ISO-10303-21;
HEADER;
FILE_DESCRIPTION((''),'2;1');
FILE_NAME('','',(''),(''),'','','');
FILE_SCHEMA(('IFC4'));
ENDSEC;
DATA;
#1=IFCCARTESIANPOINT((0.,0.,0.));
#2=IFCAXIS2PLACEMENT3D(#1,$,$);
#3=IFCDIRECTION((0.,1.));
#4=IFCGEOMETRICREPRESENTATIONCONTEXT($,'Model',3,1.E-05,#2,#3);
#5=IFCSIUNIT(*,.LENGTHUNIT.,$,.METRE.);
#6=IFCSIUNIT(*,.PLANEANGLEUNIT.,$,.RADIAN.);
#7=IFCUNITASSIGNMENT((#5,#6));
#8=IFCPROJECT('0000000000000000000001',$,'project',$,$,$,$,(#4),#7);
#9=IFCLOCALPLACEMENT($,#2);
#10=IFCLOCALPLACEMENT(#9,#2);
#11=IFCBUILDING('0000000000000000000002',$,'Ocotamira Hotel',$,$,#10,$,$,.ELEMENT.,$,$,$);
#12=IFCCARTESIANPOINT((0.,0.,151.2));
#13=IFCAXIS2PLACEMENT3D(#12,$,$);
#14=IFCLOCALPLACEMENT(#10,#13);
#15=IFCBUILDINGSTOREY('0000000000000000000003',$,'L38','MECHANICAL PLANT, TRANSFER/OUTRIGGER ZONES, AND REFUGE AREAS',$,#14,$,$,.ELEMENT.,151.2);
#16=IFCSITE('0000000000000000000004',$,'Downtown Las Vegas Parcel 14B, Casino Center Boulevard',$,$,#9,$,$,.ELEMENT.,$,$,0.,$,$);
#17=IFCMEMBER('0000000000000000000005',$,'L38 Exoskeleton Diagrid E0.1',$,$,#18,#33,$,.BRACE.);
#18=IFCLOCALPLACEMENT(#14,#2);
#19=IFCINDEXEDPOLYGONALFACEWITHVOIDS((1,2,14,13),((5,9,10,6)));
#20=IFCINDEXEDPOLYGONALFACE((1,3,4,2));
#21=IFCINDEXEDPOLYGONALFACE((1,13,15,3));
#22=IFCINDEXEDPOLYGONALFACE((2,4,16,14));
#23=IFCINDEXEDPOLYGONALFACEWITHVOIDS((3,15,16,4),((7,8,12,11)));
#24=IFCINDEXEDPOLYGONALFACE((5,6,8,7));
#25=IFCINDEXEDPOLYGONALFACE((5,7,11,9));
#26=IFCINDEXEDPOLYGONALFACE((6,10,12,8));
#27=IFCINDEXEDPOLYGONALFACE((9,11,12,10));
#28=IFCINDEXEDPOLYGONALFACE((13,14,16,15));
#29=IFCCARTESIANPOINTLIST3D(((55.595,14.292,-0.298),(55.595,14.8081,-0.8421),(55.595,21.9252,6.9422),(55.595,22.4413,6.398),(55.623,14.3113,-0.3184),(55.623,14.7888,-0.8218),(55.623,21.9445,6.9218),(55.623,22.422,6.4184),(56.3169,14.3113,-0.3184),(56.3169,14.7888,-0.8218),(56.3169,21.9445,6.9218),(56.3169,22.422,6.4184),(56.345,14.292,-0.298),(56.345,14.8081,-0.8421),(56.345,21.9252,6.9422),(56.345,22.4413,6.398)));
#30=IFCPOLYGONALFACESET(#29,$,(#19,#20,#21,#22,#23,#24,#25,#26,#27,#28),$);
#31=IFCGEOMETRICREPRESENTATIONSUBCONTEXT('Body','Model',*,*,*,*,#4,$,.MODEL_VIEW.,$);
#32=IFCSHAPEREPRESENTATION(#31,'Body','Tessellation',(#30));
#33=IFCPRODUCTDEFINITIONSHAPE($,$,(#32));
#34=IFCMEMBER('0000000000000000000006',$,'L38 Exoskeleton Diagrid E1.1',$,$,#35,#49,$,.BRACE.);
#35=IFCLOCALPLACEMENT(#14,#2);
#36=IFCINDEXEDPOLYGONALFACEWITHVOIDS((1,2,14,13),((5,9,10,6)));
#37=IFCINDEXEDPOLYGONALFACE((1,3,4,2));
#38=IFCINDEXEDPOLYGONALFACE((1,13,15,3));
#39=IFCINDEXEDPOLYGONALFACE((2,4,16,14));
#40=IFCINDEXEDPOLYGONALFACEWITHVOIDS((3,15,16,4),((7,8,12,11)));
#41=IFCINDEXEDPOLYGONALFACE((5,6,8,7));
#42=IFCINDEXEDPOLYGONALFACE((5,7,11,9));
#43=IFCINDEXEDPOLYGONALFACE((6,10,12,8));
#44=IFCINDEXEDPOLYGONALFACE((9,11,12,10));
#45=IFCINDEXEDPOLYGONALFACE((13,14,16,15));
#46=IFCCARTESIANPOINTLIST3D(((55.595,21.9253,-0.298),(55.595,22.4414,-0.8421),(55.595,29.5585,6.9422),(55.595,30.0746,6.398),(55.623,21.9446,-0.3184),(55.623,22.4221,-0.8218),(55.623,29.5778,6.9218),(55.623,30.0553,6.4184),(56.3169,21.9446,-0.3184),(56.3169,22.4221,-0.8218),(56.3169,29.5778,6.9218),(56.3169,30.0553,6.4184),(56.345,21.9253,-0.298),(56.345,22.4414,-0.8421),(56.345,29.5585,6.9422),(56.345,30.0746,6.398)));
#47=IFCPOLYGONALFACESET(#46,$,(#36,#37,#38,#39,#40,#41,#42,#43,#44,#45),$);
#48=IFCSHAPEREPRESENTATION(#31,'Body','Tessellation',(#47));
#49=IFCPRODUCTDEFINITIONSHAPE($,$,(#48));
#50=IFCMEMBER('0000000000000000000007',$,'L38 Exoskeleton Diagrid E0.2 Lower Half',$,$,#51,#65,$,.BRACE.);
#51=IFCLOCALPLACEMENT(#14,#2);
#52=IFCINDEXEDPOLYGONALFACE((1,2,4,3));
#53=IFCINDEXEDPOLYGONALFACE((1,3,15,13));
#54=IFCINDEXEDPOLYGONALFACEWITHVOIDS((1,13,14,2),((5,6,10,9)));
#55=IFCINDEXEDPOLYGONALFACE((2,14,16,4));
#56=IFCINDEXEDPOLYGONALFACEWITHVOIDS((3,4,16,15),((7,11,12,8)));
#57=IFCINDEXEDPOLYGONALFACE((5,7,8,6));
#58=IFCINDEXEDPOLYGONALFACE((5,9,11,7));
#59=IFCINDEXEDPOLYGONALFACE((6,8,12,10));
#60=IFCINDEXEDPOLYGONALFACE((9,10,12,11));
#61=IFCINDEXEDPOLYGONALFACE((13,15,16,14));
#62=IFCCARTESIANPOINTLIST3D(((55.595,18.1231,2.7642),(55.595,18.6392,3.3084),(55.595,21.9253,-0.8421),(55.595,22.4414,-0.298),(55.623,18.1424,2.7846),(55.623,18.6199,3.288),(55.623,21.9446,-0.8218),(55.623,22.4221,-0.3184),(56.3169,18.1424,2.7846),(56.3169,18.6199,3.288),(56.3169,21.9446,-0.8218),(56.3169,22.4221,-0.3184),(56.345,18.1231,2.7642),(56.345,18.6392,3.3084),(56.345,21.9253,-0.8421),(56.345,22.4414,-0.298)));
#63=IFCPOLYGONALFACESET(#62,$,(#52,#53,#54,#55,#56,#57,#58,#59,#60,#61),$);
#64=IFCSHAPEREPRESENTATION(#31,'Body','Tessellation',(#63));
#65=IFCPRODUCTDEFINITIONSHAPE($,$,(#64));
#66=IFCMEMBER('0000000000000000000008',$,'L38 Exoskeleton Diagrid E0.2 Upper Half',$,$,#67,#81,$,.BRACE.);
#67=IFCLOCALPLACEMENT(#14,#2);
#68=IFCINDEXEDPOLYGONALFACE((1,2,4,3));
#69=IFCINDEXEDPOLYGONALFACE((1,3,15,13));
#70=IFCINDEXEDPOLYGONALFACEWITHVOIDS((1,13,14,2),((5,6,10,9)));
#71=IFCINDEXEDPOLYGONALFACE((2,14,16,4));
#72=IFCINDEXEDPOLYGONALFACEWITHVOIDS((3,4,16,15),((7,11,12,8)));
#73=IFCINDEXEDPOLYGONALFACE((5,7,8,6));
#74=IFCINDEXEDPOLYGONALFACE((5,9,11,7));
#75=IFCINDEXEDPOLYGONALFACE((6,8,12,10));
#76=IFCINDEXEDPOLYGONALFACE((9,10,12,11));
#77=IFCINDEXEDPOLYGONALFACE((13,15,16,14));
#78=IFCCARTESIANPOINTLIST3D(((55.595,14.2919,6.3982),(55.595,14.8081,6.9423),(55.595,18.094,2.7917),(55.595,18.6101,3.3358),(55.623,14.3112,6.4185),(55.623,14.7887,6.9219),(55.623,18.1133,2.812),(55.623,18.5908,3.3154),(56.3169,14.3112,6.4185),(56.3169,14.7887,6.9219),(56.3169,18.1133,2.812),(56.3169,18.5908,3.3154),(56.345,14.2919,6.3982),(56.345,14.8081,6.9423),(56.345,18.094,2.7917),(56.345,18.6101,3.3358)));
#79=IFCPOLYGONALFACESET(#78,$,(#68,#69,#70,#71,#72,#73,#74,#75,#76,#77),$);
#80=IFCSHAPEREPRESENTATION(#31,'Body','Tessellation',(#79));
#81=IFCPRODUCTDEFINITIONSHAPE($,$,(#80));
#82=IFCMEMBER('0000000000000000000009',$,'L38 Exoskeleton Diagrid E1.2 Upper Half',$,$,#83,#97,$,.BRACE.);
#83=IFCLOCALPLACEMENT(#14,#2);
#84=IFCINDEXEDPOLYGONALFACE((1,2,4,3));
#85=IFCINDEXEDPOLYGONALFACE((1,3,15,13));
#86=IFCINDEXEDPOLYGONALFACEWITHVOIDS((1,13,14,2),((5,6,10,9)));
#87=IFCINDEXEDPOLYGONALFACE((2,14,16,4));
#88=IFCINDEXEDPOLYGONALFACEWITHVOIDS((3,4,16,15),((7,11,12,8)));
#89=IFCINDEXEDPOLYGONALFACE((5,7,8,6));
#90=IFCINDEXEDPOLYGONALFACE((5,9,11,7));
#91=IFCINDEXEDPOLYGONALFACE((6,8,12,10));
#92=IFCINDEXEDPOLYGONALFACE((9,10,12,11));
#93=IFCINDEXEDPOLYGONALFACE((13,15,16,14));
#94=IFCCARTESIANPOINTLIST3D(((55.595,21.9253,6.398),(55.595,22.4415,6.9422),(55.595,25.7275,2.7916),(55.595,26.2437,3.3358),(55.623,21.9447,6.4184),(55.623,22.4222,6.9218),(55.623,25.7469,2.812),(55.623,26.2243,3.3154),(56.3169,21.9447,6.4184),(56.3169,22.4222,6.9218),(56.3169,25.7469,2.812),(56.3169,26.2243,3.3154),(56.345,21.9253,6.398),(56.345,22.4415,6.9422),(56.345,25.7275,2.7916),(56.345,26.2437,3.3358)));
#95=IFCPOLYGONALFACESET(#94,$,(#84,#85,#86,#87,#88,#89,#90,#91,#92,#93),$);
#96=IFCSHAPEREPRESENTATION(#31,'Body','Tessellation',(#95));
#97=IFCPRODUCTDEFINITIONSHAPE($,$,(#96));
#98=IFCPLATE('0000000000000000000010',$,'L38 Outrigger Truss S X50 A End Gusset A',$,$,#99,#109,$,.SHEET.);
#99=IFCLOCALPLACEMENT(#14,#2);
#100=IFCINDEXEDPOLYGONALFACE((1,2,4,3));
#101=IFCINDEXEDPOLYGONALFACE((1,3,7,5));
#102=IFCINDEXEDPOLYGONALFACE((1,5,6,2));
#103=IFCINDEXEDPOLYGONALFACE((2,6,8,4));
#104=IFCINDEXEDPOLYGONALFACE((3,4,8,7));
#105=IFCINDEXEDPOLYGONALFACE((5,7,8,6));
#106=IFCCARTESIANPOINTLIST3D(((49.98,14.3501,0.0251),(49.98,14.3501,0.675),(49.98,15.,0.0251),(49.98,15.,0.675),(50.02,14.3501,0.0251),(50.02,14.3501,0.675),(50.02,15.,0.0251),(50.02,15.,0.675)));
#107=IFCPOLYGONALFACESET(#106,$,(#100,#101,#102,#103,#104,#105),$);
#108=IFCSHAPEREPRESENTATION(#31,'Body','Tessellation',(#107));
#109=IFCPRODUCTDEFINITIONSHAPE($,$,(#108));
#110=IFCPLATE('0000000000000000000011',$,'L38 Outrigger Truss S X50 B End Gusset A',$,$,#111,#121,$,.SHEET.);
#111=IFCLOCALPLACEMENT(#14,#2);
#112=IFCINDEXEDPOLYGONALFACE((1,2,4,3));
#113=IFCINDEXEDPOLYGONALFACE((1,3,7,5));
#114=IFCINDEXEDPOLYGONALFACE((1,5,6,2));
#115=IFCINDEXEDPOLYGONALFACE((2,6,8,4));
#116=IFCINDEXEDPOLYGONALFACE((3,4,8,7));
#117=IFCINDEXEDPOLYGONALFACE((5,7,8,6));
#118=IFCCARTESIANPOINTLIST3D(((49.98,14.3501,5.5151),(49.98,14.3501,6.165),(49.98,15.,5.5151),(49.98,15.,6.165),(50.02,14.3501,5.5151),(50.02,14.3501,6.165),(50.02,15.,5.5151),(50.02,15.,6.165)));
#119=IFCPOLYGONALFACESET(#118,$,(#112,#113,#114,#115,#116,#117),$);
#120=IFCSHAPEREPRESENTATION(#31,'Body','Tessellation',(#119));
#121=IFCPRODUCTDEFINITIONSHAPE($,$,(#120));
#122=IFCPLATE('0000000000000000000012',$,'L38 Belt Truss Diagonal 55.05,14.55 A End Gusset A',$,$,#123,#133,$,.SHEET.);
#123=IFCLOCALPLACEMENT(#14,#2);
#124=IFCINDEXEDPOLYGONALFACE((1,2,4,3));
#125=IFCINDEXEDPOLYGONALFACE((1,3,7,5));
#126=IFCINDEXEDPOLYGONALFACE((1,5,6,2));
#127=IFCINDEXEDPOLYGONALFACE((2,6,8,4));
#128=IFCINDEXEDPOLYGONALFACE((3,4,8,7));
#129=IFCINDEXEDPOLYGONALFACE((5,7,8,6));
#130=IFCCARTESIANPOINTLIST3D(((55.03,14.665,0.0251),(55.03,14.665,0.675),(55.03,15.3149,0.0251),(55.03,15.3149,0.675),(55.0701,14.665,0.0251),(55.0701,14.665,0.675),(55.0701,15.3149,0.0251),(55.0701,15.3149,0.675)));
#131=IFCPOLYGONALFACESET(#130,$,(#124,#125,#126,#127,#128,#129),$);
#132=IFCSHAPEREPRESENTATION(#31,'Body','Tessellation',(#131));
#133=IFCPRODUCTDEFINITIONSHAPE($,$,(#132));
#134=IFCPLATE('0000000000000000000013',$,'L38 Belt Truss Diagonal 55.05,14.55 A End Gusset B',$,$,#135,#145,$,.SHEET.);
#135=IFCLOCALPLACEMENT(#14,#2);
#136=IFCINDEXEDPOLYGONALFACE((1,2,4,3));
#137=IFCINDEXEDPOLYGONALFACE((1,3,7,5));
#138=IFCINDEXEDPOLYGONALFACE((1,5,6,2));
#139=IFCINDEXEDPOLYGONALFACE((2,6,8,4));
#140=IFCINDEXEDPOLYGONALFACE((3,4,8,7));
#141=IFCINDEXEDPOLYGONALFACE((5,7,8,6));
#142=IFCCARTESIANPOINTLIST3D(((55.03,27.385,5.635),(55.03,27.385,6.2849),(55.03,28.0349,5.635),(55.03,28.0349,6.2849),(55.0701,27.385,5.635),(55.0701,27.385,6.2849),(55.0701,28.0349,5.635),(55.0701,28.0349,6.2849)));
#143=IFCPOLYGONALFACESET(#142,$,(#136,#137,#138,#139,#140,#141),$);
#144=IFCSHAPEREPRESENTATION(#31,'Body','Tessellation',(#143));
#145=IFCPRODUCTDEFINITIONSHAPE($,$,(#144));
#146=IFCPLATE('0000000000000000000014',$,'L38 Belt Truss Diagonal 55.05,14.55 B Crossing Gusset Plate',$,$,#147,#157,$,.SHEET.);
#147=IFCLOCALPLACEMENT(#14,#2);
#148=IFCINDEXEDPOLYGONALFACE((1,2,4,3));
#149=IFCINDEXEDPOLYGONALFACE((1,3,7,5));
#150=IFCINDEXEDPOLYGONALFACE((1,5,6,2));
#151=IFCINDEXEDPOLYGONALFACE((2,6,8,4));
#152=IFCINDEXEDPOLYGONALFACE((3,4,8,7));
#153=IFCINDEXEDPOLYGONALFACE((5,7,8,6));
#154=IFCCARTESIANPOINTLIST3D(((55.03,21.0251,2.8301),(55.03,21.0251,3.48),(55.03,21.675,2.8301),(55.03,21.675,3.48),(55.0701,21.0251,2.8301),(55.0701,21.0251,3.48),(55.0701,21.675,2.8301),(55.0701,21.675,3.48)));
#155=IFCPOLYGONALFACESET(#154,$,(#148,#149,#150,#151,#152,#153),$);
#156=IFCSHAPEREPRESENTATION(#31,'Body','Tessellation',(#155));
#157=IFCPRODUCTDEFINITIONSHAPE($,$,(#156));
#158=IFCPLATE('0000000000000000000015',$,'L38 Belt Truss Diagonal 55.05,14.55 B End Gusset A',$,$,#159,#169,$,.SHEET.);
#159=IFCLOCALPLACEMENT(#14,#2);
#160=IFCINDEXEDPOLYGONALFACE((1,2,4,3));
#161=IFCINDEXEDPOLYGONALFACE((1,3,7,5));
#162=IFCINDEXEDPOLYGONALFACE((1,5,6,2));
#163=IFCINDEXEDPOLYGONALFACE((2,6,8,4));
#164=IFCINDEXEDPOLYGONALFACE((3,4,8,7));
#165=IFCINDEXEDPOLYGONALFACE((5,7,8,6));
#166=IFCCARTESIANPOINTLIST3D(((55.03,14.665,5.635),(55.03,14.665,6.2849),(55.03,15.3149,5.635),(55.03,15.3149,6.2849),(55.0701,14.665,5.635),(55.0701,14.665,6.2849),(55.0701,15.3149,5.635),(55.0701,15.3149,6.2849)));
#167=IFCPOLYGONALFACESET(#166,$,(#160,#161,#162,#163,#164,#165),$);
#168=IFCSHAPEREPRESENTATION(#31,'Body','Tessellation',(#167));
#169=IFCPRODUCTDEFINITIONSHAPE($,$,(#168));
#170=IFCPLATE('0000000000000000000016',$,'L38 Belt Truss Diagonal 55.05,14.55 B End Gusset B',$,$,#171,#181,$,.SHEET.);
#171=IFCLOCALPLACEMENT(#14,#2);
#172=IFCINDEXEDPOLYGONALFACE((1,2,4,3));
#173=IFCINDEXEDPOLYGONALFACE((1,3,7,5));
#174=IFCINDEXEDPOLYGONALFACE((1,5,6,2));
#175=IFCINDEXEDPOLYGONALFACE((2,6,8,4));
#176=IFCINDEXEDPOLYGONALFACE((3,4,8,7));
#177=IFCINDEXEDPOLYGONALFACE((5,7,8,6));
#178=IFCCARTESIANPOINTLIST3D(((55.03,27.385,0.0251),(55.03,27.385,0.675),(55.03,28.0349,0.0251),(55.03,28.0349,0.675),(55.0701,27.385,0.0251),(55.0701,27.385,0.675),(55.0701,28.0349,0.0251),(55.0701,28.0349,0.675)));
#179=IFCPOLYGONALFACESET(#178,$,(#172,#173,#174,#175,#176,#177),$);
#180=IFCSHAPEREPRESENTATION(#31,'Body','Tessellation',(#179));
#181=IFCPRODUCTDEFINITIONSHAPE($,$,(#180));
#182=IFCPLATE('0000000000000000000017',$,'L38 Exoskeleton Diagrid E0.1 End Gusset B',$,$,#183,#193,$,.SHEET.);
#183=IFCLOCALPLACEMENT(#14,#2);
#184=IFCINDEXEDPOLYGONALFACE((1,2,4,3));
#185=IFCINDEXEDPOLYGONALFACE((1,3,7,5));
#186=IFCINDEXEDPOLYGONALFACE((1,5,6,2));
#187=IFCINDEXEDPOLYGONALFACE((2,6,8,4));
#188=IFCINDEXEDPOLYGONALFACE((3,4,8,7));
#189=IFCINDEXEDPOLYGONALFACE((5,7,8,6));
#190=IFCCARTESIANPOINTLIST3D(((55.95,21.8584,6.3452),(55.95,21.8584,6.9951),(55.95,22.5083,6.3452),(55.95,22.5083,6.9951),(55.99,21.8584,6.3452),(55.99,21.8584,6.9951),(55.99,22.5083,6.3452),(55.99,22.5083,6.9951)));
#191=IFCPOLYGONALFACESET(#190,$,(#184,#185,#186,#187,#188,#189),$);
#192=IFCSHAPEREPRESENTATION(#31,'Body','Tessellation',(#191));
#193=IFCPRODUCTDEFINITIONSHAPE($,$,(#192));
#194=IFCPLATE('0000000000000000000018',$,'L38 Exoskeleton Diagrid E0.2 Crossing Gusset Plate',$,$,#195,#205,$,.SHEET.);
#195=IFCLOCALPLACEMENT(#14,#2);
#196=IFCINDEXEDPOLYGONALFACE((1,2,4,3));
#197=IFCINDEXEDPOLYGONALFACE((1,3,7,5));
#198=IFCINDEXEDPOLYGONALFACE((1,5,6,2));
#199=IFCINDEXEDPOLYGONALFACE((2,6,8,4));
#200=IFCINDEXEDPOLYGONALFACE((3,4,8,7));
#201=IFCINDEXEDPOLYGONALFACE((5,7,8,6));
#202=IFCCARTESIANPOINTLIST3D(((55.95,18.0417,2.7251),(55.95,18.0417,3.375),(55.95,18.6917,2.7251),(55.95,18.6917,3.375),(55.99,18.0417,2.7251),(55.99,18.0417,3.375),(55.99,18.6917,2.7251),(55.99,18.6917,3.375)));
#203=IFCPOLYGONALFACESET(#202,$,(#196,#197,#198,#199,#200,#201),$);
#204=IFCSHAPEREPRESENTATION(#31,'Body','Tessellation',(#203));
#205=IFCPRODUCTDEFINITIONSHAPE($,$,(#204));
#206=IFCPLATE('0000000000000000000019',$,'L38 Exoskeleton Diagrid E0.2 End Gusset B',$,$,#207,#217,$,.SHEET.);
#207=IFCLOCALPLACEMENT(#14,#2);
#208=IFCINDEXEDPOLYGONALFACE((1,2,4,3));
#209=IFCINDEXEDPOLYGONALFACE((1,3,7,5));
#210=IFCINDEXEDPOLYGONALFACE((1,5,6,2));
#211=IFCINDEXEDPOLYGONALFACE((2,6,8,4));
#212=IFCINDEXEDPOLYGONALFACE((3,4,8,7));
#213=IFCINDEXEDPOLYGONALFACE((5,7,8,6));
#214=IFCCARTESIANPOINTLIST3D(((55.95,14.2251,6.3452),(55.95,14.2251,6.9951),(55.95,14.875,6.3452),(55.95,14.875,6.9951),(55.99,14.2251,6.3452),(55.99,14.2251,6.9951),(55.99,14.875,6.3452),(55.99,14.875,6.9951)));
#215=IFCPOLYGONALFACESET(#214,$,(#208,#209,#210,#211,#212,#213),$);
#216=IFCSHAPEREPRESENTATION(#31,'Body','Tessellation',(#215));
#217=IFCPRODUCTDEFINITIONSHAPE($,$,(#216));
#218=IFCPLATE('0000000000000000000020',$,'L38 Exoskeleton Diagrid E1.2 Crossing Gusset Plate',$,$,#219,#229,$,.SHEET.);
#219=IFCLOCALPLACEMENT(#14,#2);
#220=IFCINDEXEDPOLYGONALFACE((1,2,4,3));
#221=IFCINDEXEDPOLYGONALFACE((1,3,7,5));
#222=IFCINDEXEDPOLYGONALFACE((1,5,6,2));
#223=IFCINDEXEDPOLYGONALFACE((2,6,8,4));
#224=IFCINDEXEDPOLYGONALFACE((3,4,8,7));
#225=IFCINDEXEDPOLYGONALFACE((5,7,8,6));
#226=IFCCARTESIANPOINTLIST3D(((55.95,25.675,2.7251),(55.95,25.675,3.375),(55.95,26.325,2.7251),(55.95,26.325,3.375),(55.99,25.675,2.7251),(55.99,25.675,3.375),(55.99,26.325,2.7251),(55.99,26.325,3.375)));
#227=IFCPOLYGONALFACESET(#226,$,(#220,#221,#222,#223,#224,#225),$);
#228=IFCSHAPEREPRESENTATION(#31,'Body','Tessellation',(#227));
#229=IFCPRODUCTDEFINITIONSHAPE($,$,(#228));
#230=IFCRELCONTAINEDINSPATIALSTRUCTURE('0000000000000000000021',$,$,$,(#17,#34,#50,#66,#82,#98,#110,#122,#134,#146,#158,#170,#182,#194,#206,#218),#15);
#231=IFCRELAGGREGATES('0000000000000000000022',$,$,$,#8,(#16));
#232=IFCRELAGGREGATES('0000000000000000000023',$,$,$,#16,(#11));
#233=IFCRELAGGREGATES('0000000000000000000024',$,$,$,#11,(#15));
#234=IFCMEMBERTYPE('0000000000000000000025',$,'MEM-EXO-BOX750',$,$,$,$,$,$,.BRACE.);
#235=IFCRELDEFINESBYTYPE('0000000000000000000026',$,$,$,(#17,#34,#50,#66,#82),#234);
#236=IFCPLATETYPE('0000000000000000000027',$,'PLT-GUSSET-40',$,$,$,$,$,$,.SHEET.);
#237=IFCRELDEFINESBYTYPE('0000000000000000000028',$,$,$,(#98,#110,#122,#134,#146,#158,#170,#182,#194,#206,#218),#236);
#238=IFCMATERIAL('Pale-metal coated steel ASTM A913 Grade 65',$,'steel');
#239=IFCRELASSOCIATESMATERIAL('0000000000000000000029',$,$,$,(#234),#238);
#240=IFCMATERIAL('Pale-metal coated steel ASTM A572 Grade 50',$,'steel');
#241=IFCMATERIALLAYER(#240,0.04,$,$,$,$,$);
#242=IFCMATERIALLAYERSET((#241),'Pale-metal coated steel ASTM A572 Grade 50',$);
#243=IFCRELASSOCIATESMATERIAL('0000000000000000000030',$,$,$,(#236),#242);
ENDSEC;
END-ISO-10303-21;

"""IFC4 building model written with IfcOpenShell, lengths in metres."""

from ifc_helpers import new_model, si_unit, direction, frame, origin, origin_2d, place, context, subcontext, project, spatial, rectangle, hollow_rectangle, extrude, source, transform, mapped, material, layer, layer_set, material_profile, profile_set, type_object, element, save


model = new_model("IFC4")

# Units and contexts
model_context = context("Model", 3, precision=1e-05, world=origin(), true_north=direction((0.0, 1.0)))
body_context = subcontext(model_context, "Body", "Model", "MODEL_VIEW")
ifc_project = project(units=[si_unit("LENGTHUNIT", "METRE"), si_unit("PLANEANGLEUNIT", "RADIAN")], contexts=[model_context])

# Site, building, storey
site_placement = place(None, origin())
site = spatial("IfcSite", under=ifc_project, at=site_placement, Name="Downtown Las Vegas Parcel 14B, Casino Center Boulevard", CompositionType="ELEMENT", RefElevation=0.0)
building_placement = place(site_placement, origin())
building = spatial("IfcBuilding", under=site, at=building_placement, Name="Ocotamira Hotel", CompositionType="ELEMENT")
storey_placement = place(building_placement, frame((0.0, 0.0, 151.2)))
storey = spatial("IfcBuildingStorey", under=building, at=storey_placement, Name="L38", Description="MECHANICAL PLANT, TRANSFER/OUTRIGGER ZONES, AND REFUGE AREAS", CompositionType="ELEMENT", Elevation=151.2)

# Members
ifc_material_1 = material(Name="Pale-metal coated steel ASTM A913 Grade 65", Category="steel")
ifc_material_profile_1 = material_profile(ifc_material_1, hollow_rectangle(XDim=0.75, YDim=0.75, WallThickness=0.0281, at=origin_2d()), Name="BOX750X750X28")
ifc_profile_set_1 = profile_set([ifc_material_profile_1], Name="Pale-metal coated steel ASTM A913 Grade 65")
member_type_1 = type_object("IfcMemberType", Name="MEM-EXO-BOX750", PredefinedType="BRACE", material=ifc_profile_set_1)
shared_shape_1 = source(origin(), body_context, "Body", "SweptSolid", [
    extrude(hollow_rectangle(XDim=0.75, YDim=0.75, WallThickness=0.0281, at=origin_2d()), origin(), (0.0, 0.0, 1.0), 10.5208),
])
for number, where, z_axis, x_axis, name in (
    (1, (55.97, 14.55, -0.5701), (0.0, 0.72554, 0.68818), (-1.0, 0.0, 0.0), "L38 Exoskeleton Diagrid E0.1"),
    (2, (55.97, 22.1833, -0.5701), (0.0, 0.72554, 0.68818), (-1.0, 0.0, 0.0), "L38 Exoskeleton Diagrid E1.1"),
):
    element("IfcMember", number, at=place(storey_placement, frame(where, z_axis=z_axis, x_axis=x_axis)), inside=storey, type_object=member_type_1, Name=name, PredefinedType="BRACE", context=body_context, shape_type="MappedRepresentation", body=[
        mapped(shared_shape_1, transform((0.0, 0.0, 0.0), scale=1.0)),
    ])
shared_shape_2 = source(origin(), body_context, "Body", "SweptSolid", [
    extrude(hollow_rectangle(XDim=0.75, YDim=0.75, WallThickness=0.0281, at=origin_2d()), origin(), (0.0, 0.0, 1.0), 5.2405),
])
for number, where, z_axis, x_axis, name in (
    (3, (55.97, 22.1833, -0.5701), (0.0, -0.725541, 0.688179), (1.0, 0.0, 0.0), "L38 Exoskeleton Diagrid E0.2 Lower Half"),
    (4, (55.97, 18.3521, 3.0637), (0.0, -0.725519, 0.688202), (1.0, 0.0, 0.0), "L38 Exoskeleton Diagrid E0.2 Upper Half"),
    (5, (55.97, 25.9856, 3.0637), (0.0, -0.725541, 0.688179), (1.0, 0.0, 0.0), "L38 Exoskeleton Diagrid E1.2 Upper Half"),
):
    element("IfcMember", number, at=place(storey_placement, frame(where, z_axis=z_axis, x_axis=x_axis)), inside=storey, type_object=member_type_1, Name=name, PredefinedType="BRACE", context=body_context, shape_type="MappedRepresentation", body=[
        mapped(shared_shape_2, transform((0.0, 0.0, 0.0), scale=1.0)),
    ])

# Plates
ifc_material_2 = material(Name="Pale-metal coated steel ASTM A572 Grade 50", Category="steel")
ifc_layer_1 = layer(ifc_material_2, 0.04)
ifc_layer_set_1 = layer_set([ifc_layer_1], Name="Pale-metal coated steel ASTM A572 Grade 50")
plate_type = type_object("IfcPlateType", Name="PLT-GUSSET-40", PredefinedType="SHEET", material=ifc_layer_set_1)
shared_shape_3 = source(origin(), body_context, "Body", "SweptSolid", [
    extrude(rectangle(XDim=0.04, YDim=0.6499, at=origin_2d()), origin(), (0.0, 0.0, 1.0), 0.6499),
])
for number, where, z_axis, x_axis, name in (
    (6, (50.0, 14.675, 0.0251), (0.0, 0.0, 1.0), (1.0, 0.0, 0.0), "L38 Outrigger Truss S X50 A End Gusset A"),
    (7, (50.0, 14.675, 5.5151), (0.0, 0.0, 1.0), (1.0, 0.0, 0.0), "L38 Outrigger Truss S X50 B End Gusset A"),
    (8, (55.05, 14.99, 0.0251), (0.0, 0.0, 1.0), (1.0, 0.0, 0.0), "L38 Belt Truss Diagonal 55.05,14.55 A End Gusset A"),
    (9, (55.05, 27.71, 5.635), (0.0, 0.0, 1.0), (1.0, 0.0, 0.0), "L38 Belt Truss Diagonal 55.05,14.55 A End Gusset B"),
    (10, (55.05, 21.3501, 2.8301), (0.0, 0.0, 1.0), (1.0, 0.0, 0.0), "L38 Belt Truss Diagonal 55.05,14.55 B Crossing Gusset Plate"),
    (11, (55.05, 14.99, 5.635), (0.0, 0.0, 1.0), (1.0, 0.0, 0.0), "L38 Belt Truss Diagonal 55.05,14.55 B End Gusset A"),
    (12, (55.05, 27.71, 0.0251), (0.0, 0.0, 1.0), (1.0, 0.0, 0.0), "L38 Belt Truss Diagonal 55.05,14.55 B End Gusset B"),
    (13, (55.97, 22.1833, 6.3452), (0.0, 0.0, 1.0), (1.0, 0.0, 0.0), "L38 Exoskeleton Diagrid E0.1 End Gusset B"),
    (14, (55.97, 18.3667, 2.7251), (0.0, 0.0, 1.0), (1.0, 0.0, 0.0), "L38 Exoskeleton Diagrid E0.2 Crossing Gusset Plate"),
    (15, (55.97, 14.55, 6.3452), (0.0, 0.0, 1.0), (1.0, 0.0, 0.0), "L38 Exoskeleton Diagrid E0.2 End Gusset B"),
    (16, (55.97, 26.0, 2.7251), (0.0, 0.0, 1.0), (1.0, 0.0, 0.0), "L38 Exoskeleton Diagrid E1.2 Crossing Gusset Plate"),
):
    element("IfcPlate", number, at=place(storey_placement, frame(where, z_axis=z_axis, x_axis=x_axis)), inside=storey, type_object=plate_type, Name=name, PredefinedType="SHEET", context=body_context, shape_type="MappedRepresentation", body=[
        mapped(shared_shape_3, transform((0.0, 0.0, 0.0), scale=1.0)),
    ])

save(model, "model.ifc")
